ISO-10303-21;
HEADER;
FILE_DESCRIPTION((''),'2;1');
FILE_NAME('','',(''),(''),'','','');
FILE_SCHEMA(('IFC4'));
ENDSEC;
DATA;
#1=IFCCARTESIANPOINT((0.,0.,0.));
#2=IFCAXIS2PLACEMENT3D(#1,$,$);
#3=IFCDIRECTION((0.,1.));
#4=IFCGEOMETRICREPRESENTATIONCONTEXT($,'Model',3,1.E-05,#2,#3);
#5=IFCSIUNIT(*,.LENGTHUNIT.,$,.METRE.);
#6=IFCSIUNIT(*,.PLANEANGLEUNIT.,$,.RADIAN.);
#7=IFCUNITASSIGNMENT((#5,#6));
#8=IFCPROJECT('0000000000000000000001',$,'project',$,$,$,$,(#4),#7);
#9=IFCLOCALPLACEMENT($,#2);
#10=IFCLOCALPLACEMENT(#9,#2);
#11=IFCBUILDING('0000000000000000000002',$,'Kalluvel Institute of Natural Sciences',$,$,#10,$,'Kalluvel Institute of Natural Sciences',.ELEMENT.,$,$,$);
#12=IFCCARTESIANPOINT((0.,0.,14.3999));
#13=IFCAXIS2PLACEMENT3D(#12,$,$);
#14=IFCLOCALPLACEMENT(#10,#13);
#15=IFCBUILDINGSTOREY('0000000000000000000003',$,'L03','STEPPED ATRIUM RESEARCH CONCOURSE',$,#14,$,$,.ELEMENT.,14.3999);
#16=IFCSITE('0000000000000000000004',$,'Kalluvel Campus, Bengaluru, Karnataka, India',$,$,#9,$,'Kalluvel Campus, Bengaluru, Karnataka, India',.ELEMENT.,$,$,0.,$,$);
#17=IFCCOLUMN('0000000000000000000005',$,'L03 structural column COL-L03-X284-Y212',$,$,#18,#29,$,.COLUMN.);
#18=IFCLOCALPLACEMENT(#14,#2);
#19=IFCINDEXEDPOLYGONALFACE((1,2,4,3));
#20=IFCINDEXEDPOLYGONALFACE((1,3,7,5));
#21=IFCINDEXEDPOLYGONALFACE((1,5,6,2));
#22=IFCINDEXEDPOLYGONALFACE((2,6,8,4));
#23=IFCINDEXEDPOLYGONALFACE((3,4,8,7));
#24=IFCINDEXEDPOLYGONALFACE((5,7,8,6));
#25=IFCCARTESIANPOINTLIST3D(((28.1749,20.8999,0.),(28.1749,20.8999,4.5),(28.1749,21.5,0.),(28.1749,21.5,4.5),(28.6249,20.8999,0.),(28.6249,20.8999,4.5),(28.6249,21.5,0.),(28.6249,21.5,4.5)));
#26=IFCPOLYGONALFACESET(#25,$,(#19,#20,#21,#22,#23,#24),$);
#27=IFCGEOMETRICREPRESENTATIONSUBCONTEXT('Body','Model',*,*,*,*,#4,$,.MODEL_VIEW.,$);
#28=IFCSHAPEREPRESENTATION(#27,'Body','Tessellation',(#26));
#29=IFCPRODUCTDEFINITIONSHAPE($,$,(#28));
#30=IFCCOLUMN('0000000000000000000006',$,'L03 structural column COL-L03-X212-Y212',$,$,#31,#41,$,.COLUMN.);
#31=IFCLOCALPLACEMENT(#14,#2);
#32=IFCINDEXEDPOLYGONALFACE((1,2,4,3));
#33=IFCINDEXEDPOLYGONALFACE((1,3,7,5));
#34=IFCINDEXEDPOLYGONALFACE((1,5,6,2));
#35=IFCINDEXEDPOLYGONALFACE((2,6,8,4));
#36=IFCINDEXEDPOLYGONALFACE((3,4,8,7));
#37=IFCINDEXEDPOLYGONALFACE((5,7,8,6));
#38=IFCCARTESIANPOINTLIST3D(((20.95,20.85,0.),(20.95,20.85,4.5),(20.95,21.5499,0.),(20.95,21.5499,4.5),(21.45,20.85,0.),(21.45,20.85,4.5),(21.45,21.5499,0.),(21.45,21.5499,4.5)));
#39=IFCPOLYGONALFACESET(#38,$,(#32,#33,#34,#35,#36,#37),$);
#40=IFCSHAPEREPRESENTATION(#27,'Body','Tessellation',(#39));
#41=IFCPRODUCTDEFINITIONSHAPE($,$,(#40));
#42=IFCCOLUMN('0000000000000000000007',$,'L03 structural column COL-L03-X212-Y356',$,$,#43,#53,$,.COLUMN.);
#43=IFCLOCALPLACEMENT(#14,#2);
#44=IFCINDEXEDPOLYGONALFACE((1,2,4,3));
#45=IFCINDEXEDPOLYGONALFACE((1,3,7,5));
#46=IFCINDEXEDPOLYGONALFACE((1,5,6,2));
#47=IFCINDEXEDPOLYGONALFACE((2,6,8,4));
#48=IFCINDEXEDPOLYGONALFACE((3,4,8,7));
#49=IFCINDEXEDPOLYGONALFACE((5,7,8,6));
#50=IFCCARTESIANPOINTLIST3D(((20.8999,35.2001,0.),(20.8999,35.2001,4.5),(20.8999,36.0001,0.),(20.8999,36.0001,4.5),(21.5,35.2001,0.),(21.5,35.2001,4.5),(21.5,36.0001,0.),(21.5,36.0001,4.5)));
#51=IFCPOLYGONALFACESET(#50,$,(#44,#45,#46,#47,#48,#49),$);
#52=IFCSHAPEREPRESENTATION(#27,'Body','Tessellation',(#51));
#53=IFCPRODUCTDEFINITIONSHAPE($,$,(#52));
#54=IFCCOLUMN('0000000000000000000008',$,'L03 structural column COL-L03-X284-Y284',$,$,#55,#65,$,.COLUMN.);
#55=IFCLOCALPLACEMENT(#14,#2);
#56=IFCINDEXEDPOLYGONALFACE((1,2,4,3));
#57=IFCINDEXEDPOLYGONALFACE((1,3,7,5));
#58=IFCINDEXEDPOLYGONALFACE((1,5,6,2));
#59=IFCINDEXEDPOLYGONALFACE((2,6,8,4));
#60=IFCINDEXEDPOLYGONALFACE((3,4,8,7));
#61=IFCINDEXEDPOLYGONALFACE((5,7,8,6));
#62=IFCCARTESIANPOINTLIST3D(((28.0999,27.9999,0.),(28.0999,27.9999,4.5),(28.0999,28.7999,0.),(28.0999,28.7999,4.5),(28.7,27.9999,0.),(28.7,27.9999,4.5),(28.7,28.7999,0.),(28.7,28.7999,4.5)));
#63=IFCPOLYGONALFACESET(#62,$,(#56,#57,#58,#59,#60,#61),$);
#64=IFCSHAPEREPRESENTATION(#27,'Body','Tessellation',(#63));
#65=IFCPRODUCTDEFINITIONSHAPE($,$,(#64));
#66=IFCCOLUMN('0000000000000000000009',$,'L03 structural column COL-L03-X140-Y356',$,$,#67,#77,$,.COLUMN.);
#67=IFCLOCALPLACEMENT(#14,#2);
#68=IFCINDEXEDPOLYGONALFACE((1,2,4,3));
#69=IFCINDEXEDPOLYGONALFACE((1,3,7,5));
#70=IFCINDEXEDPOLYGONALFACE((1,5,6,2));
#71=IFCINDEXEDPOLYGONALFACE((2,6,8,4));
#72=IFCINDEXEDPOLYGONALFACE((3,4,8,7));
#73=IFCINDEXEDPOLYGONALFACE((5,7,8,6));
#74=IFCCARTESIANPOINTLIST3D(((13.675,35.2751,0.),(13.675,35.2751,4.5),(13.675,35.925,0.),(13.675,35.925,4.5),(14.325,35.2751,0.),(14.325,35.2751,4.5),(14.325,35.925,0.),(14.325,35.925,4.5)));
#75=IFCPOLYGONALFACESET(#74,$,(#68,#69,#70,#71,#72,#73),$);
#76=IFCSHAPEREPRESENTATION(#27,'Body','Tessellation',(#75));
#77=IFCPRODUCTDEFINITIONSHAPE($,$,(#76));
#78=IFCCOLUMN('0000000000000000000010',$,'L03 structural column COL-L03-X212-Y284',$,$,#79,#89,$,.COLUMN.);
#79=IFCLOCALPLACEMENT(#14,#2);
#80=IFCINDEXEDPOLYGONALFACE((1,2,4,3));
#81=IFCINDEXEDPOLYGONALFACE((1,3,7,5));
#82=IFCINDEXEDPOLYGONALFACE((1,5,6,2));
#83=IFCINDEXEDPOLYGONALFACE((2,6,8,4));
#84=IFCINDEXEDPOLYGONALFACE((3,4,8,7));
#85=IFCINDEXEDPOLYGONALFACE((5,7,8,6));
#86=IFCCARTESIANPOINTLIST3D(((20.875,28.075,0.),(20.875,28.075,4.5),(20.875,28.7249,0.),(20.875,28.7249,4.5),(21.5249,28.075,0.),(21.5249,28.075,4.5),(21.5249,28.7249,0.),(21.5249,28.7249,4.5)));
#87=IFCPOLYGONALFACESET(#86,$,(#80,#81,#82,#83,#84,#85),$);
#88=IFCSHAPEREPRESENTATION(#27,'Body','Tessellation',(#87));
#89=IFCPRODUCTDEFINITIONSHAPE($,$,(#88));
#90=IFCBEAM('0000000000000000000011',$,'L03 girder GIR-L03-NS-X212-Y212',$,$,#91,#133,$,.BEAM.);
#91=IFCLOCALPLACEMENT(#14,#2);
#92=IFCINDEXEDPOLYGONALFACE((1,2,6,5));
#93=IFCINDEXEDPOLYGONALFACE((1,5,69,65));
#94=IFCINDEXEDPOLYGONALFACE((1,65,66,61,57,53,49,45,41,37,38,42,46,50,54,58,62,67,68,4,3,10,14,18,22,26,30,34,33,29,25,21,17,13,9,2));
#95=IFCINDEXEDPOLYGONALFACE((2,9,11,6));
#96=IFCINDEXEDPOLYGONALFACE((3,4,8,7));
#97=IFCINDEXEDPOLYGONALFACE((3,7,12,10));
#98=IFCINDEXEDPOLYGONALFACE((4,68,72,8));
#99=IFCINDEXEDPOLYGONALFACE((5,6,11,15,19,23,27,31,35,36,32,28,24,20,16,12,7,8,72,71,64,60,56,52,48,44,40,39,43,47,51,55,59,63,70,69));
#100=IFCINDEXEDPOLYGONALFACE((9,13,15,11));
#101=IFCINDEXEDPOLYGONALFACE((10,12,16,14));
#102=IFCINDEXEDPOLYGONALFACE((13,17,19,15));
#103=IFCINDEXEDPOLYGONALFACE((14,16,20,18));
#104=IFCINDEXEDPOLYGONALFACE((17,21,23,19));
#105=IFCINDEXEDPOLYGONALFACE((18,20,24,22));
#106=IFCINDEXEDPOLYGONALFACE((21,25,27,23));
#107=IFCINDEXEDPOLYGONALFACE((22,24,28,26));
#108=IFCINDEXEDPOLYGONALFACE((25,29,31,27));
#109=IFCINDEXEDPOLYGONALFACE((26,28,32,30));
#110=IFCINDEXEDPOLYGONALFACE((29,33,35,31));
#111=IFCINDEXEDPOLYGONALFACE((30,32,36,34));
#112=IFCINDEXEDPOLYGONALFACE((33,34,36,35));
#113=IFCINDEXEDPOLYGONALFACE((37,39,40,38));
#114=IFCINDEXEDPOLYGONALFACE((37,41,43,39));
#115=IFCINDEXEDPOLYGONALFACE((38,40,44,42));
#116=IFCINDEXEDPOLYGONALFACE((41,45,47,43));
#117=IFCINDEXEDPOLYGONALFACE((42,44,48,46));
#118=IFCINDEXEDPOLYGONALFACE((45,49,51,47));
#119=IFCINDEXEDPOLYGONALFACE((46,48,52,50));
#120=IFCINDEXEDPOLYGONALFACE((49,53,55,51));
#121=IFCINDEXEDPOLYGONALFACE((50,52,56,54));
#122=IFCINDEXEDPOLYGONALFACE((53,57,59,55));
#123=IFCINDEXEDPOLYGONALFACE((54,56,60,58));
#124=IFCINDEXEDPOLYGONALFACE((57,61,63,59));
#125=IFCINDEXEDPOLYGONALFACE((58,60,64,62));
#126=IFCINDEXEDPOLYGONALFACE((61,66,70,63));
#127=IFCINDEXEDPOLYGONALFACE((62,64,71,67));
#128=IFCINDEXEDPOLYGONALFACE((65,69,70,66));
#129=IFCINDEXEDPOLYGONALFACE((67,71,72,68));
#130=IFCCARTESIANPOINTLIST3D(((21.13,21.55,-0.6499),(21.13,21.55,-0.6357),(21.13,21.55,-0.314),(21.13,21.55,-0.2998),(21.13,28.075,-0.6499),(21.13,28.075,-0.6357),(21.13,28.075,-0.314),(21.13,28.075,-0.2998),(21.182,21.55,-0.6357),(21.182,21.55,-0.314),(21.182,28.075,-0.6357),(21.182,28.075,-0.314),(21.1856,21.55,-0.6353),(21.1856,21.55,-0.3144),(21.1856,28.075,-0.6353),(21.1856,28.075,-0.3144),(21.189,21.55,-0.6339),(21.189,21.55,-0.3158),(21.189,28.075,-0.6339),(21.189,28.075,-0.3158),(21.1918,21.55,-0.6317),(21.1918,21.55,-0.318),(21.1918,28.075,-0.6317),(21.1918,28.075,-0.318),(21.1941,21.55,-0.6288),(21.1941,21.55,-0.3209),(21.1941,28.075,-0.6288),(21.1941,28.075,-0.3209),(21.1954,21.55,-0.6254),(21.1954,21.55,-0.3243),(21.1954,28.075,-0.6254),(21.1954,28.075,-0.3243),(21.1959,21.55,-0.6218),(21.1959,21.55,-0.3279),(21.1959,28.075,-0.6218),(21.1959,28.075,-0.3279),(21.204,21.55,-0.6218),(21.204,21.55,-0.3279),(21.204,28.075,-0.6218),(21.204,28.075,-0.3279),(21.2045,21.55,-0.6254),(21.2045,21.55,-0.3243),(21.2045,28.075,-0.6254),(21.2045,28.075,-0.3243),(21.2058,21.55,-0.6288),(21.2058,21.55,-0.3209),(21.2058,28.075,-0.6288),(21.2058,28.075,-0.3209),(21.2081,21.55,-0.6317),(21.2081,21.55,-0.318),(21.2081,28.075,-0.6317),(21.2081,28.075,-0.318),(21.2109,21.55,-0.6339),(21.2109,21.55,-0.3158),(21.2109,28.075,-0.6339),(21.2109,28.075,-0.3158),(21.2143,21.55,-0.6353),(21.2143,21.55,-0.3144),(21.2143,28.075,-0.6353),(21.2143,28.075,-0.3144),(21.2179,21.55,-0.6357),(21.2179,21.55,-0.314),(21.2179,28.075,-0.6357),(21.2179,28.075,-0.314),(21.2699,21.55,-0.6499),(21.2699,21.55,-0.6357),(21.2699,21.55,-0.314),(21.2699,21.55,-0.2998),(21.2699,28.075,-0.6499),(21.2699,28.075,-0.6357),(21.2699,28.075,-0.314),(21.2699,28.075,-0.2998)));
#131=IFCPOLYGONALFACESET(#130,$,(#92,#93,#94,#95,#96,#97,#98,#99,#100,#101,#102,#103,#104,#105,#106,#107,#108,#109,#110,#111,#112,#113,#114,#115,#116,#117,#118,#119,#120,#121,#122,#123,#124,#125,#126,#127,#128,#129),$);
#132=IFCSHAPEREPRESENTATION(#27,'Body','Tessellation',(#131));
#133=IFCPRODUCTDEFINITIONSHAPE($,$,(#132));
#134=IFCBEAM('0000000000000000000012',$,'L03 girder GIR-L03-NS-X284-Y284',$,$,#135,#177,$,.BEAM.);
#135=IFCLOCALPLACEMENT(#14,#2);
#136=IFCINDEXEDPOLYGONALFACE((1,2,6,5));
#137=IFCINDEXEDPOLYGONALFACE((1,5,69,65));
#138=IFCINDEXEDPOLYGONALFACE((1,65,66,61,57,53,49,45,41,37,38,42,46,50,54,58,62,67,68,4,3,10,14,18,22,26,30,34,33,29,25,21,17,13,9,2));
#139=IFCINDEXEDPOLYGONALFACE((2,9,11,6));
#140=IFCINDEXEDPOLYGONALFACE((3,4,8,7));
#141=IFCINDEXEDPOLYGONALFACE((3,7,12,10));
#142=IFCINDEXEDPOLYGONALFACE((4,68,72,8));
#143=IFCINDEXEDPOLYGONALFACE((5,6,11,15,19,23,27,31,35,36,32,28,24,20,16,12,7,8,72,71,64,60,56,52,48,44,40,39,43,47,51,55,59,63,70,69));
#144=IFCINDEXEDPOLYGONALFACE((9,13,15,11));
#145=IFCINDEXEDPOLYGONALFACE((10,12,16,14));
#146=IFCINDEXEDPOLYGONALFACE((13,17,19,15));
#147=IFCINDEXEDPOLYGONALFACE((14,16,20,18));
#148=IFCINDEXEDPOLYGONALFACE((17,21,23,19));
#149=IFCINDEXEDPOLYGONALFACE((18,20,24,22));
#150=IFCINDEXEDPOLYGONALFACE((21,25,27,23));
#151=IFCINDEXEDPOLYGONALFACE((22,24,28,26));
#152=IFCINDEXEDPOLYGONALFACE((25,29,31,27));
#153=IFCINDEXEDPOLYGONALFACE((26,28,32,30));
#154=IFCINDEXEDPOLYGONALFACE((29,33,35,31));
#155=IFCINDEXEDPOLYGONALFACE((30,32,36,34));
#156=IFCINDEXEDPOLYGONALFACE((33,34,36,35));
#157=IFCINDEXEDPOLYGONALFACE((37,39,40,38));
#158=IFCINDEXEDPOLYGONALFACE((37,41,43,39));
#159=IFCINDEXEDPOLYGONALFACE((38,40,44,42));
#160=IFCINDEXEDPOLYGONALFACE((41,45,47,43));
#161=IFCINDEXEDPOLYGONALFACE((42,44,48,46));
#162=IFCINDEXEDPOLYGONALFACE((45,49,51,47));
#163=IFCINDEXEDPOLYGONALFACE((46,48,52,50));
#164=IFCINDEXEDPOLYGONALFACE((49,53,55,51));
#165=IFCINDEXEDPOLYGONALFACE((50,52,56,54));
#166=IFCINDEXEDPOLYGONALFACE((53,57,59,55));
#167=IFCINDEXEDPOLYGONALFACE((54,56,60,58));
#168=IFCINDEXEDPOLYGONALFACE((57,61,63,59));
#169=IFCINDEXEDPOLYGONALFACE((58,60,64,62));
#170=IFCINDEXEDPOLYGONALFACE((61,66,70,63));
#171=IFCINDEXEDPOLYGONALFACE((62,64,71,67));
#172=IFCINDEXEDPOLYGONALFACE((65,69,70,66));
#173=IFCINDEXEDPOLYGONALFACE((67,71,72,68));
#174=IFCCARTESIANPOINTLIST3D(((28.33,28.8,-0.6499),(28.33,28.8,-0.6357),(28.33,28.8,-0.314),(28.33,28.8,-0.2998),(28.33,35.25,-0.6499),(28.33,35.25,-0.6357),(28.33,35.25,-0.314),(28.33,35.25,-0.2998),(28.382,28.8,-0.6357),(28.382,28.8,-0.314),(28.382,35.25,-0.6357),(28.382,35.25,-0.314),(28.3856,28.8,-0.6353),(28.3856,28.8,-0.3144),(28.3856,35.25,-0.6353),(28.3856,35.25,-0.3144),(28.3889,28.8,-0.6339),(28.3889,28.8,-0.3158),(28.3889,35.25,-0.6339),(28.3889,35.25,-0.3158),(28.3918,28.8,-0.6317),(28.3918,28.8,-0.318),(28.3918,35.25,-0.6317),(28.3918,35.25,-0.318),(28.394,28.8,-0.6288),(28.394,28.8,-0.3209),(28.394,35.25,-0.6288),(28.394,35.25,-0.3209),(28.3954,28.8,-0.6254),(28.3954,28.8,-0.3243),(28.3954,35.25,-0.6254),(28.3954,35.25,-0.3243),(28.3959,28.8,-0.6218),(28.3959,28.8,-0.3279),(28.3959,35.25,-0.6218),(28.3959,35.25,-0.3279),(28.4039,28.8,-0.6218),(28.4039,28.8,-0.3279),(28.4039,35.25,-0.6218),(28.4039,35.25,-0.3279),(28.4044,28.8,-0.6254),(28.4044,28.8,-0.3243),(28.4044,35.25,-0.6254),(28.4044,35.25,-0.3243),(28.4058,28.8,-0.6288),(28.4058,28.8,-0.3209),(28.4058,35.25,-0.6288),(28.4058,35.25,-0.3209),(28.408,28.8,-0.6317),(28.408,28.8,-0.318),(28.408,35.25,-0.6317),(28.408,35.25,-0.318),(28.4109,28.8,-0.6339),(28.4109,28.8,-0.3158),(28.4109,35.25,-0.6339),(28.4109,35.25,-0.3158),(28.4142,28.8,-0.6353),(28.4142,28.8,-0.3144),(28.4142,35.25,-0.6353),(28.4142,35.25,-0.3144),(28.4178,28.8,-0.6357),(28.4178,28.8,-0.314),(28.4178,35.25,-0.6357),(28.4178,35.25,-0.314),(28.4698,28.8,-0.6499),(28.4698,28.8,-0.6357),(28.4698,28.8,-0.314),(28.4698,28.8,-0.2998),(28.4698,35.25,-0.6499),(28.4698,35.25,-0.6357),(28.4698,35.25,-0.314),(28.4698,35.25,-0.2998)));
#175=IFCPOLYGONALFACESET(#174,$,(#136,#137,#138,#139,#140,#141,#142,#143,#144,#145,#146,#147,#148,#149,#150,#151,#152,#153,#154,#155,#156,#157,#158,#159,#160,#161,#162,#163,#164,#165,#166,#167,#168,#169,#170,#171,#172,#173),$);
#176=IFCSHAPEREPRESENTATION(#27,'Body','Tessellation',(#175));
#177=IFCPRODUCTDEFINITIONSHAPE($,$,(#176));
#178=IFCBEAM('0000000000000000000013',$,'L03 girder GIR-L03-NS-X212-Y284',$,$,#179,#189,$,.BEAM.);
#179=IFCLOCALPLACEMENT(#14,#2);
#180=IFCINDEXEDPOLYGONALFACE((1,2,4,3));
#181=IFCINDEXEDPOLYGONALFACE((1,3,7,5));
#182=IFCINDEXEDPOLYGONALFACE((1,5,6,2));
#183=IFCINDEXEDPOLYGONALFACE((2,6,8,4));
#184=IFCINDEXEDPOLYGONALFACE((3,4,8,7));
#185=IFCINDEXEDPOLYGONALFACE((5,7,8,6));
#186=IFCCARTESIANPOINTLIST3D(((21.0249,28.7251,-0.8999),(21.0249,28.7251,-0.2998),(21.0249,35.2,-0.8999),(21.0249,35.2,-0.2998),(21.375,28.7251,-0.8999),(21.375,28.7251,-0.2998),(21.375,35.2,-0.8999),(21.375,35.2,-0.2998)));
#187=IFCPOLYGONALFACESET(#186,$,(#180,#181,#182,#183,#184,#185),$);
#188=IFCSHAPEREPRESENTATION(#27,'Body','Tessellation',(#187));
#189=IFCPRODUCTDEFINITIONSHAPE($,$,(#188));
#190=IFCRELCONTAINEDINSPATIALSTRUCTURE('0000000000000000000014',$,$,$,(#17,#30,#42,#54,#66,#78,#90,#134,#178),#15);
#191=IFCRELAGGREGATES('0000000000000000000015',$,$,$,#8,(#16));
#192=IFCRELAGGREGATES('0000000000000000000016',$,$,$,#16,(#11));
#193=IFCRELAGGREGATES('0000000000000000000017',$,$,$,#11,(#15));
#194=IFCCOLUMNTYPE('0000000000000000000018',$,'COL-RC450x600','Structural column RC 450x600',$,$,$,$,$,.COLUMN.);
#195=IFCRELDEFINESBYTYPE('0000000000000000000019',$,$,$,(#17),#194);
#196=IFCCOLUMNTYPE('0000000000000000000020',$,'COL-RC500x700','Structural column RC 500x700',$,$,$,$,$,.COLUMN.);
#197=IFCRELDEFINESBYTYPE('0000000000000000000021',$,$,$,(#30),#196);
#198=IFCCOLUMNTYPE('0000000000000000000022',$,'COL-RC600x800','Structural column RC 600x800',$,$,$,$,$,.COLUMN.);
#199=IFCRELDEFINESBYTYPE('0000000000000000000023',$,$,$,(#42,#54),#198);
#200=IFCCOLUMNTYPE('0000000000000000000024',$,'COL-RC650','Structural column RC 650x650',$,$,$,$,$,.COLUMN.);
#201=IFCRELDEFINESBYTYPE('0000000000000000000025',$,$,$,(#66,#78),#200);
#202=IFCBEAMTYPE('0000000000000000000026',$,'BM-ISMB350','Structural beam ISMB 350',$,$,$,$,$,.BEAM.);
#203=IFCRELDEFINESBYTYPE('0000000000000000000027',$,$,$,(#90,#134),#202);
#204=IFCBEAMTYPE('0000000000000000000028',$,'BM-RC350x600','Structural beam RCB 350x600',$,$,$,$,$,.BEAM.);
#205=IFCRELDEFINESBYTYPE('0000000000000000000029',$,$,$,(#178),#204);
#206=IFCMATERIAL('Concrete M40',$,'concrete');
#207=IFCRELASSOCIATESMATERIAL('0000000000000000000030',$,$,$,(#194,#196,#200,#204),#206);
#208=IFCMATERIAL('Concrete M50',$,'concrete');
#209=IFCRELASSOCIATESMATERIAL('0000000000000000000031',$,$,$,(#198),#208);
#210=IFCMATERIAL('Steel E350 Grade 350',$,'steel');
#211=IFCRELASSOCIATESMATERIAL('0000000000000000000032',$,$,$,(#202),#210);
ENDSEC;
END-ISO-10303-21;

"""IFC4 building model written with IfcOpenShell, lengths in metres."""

from ifc_helpers import new_model, si_unit, direction, frame, origin, origin_2d, place, context, subcontext, project, spatial, rectangle, i_section, extrude, material, material_profile, profile_set, type_object, element, save


model = new_model("IFC4")

# Units and contexts
model_context = context("Model", 3, precision=1e-05, world=origin(), true_north=direction((0.0, 1.0)))
body_context = subcontext(model_context, "Body", "Model", "MODEL_VIEW")
ifc_project = project(units=[si_unit("LENGTHUNIT", "METRE"), si_unit("PLANEANGLEUNIT", "RADIAN")], contexts=[model_context])

# Site, building, storey
site_placement = place(None, origin())
site = spatial("IfcSite", under=ifc_project, at=site_placement, Name="Kalluvel Campus, Bengaluru, Karnataka, India", LongName="Kalluvel Campus, Bengaluru, Karnataka, India", CompositionType="ELEMENT", RefElevation=0.0)
building_placement = place(site_placement, origin())
building = spatial("IfcBuilding", under=site, at=building_placement, Name="Kalluvel Institute of Natural Sciences", LongName="Kalluvel Institute of Natural Sciences", CompositionType="ELEMENT")
storey_placement = place(building_placement, frame((0.0, 0.0, 14.3999)))
storey = spatial("IfcBuildingStorey", under=building, at=storey_placement, Name="L03", Description="STEPPED ATRIUM RESEARCH CONCOURSE", CompositionType="ELEMENT", Elevation=14.3999)

# Columns
ifc_material_1 = material(Name="Concrete M40", Category="concrete")
ifc_material_profile_1 = material_profile(ifc_material_1, rectangle(XDim=0.45, YDim=0.6001, at=origin_2d()), Name="RC 450x600")
ifc_profile_set_1 = profile_set([ifc_material_profile_1], Name="Concrete M40")
column_type_1 = type_object("IfcColumnType", Name="COL-RC450x600", Description="Structural column RC 450x600", PredefinedType="COLUMN", material=ifc_profile_set_1)
column_1_placement = place(storey_placement, frame((28.3999, 21.2, 0.0), z_axis=(0.0, 0.0, 1.0), x_axis=(1.0, 0.0, 0.0)))
element("IfcColumn", 1, at=column_1_placement, inside=storey, type_object=column_type_1, Name="L03 structural column COL-L03-X284-Y212", PredefinedType="COLUMN", context=body_context, shape_type="SweptSolid", body=[
    extrude(rectangle(XDim=0.45, YDim=0.6001, at=origin_2d()), origin(), (0.0, 0.0, 1.0), 4.5),
])
ifc_material_profile_2 = material_profile(ifc_material_1, rectangle(XDim=0.5, YDim=0.7, at=origin_2d()), Name="RC 500x700")
ifc_profile_set_2 = profile_set([ifc_material_profile_2], Name="Concrete M40")
column_type_2 = type_object("IfcColumnType", Name="COL-RC500x700", Description="Structural column RC 500x700", PredefinedType="COLUMN", material=ifc_profile_set_2)
column_2_placement = place(storey_placement, frame((21.2, 21.2, 0.0), z_axis=(0.0, 0.0, 1.0), x_axis=(1.0, 0.0, 0.0)))
element("IfcColumn", 2, at=column_2_placement, inside=storey, type_object=column_type_2, Name="L03 structural column COL-L03-X212-Y212", PredefinedType="COLUMN", context=body_context, shape_type="SweptSolid", body=[
    extrude(rectangle(XDim=0.5, YDim=0.7, at=origin_2d()), origin(), (0.0, 0.0, 1.0), 4.5),
])
ifc_material_2 = material(Name="Concrete M50", Category="concrete")
ifc_material_profile_3 = material_profile(ifc_material_2, rectangle(XDim=0.6001, YDim=0.8, at=origin_2d()), Name="RC 600x800")
ifc_profile_set_3 = profile_set([ifc_material_profile_3], Name="Concrete M50")
column_type_3 = type_object("IfcColumnType", Name="COL-RC600x800", Description="Structural column RC 600x800", PredefinedType="COLUMN", material=ifc_profile_set_3)
for number, where, z_axis, x_axis, name in (
    (3, (21.2, 35.6001, 0.0), (0.0, 0.0, 1.0), (1.0, 0.0, 0.0), "L03 structural column COL-L03-X212-Y356"),
    (4, (28.3999, 28.3999, 0.0), (0.0, 0.0, 1.0), (1.0, 0.0, 0.0), "L03 structural column COL-L03-X284-Y284"),
):
    element("IfcColumn", number, at=place(storey_placement, frame(where, z_axis=z_axis, x_axis=x_axis)), inside=storey, type_object=column_type_3, Name=name, PredefinedType="COLUMN", context=body_context, shape_type="SweptSolid", body=[
        extrude(rectangle(XDim=0.6001, YDim=0.8, at=origin_2d()), origin(), (0.0, 0.0, 1.0), 4.5),
    ])
ifc_material_profile_4 = material_profile(ifc_material_1, rectangle(XDim=0.6499, YDim=0.6499, at=origin_2d()), Name="RC 650x650")
ifc_profile_set_4 = profile_set([ifc_material_profile_4], Name="Concrete M40")
column_type_4 = type_object("IfcColumnType", Name="COL-RC650", Description="Structural column RC 650x650", PredefinedType="COLUMN", material=ifc_profile_set_4)
for number, where, z_axis, x_axis, name in (
    (5, (14.0, 35.6001, 0.0), (0.0, 0.0, 1.0), (1.0, 0.0, 0.0), "L03 structural column COL-L03-X140-Y356"),
    (6, (21.2, 28.3999, 0.0), (0.0, 0.0, 1.0), (1.0, 0.0, 0.0), "L03 structural column COL-L03-X212-Y284"),
):
    element("IfcColumn", number, at=place(storey_placement, frame(where, z_axis=z_axis, x_axis=x_axis)), inside=storey, type_object=column_type_4, Name=name, PredefinedType="COLUMN", context=body_context, shape_type="SweptSolid", body=[
        extrude(rectangle(XDim=0.6499, YDim=0.6499, at=origin_2d()), origin(), (0.0, 0.0, 1.0), 4.5),
    ])

# Beams
ifc_material_3 = material(Name="Steel E350 Grade 350", Category="steel")
ifc_material_profile_5 = material_profile(ifc_material_3, i_section(OverallWidth=0.1399, OverallDepth=0.3501, WebThickness=0.0081, FlangeThickness=0.0142, FilletRadius=0.0139, at=origin_2d()), Name="ISMB 350")
ifc_profile_set_5 = profile_set([ifc_material_profile_5], Name="Steel E350 Grade 350")
beam_type_1 = type_object("IfcBeamType", Name="BM-ISMB350", Description="Structural beam ISMB 350", PredefinedType="BEAM", material=ifc_profile_set_5)
beam_1_placement = place(storey_placement, frame((21.2, 21.55, -0.4749), z_axis=(0.0, 1.0, 0.0), x_axis=(-1.0, 0.0, 0.0)))
element("IfcBeam", 7, at=beam_1_placement, inside=storey, type_object=beam_type_1, Name="L03 girder GIR-L03-NS-X212-Y212", PredefinedType="BEAM", context=body_context, shape_type="SweptSolid", body=[
    extrude(i_section(OverallWidth=0.1399, OverallDepth=0.3501, WebThickness=0.0081, FlangeThickness=0.0142, FilletRadius=0.0139, at=origin_2d()), origin(), (0.0, 0.0, 1.0), 6.5249),
])
beam_2_placement = place(storey_placement, frame((28.3999, 28.8, -0.4749), z_axis=(0.0, 1.0, 0.0), x_axis=(-1.0, 0.0, 0.0)))
element("IfcBeam", 8, at=beam_2_placement, inside=storey, type_object=beam_type_1, Name="L03 girder GIR-L03-NS-X284-Y284", PredefinedType="BEAM", context=body_context, shape_type="SweptSolid", body=[
    extrude(i_section(OverallWidth=0.1399, OverallDepth=0.3501, WebThickness=0.0081, FlangeThickness=0.0142, FilletRadius=0.0139, at=origin_2d()), origin(), (0.0, 0.0, 1.0), 6.45),
])
ifc_material_profile_6 = material_profile(ifc_material_1, rectangle(XDim=0.3501, YDim=0.6001, at=origin_2d()), Name="RCB 350x600")
ifc_profile_set_6 = profile_set([ifc_material_profile_6], Name="Concrete M40")
beam_type_2 = type_object("IfcBeamType", Name="BM-RC350x600", Description="Structural beam RCB 350x600", PredefinedType="BEAM", material=ifc_profile_set_6)
beam_3_placement = place(storey_placement, frame((21.2, 28.7251, -0.5999), z_axis=(0.0, 1.0, 0.0), x_axis=(-1.0, 0.0, 0.0)))
element("IfcBeam", 9, at=beam_3_placement, inside=storey, type_object=beam_type_2, Name="L03 girder GIR-L03-NS-X212-Y284", PredefinedType="BEAM", context=body_context, shape_type="SweptSolid", body=[
    extrude(rectangle(XDim=0.3501, YDim=0.6001, at=origin_2d()), origin(), (0.0, 0.0, 1.0), 6.4749),
])

save(model, "model.ifc")
